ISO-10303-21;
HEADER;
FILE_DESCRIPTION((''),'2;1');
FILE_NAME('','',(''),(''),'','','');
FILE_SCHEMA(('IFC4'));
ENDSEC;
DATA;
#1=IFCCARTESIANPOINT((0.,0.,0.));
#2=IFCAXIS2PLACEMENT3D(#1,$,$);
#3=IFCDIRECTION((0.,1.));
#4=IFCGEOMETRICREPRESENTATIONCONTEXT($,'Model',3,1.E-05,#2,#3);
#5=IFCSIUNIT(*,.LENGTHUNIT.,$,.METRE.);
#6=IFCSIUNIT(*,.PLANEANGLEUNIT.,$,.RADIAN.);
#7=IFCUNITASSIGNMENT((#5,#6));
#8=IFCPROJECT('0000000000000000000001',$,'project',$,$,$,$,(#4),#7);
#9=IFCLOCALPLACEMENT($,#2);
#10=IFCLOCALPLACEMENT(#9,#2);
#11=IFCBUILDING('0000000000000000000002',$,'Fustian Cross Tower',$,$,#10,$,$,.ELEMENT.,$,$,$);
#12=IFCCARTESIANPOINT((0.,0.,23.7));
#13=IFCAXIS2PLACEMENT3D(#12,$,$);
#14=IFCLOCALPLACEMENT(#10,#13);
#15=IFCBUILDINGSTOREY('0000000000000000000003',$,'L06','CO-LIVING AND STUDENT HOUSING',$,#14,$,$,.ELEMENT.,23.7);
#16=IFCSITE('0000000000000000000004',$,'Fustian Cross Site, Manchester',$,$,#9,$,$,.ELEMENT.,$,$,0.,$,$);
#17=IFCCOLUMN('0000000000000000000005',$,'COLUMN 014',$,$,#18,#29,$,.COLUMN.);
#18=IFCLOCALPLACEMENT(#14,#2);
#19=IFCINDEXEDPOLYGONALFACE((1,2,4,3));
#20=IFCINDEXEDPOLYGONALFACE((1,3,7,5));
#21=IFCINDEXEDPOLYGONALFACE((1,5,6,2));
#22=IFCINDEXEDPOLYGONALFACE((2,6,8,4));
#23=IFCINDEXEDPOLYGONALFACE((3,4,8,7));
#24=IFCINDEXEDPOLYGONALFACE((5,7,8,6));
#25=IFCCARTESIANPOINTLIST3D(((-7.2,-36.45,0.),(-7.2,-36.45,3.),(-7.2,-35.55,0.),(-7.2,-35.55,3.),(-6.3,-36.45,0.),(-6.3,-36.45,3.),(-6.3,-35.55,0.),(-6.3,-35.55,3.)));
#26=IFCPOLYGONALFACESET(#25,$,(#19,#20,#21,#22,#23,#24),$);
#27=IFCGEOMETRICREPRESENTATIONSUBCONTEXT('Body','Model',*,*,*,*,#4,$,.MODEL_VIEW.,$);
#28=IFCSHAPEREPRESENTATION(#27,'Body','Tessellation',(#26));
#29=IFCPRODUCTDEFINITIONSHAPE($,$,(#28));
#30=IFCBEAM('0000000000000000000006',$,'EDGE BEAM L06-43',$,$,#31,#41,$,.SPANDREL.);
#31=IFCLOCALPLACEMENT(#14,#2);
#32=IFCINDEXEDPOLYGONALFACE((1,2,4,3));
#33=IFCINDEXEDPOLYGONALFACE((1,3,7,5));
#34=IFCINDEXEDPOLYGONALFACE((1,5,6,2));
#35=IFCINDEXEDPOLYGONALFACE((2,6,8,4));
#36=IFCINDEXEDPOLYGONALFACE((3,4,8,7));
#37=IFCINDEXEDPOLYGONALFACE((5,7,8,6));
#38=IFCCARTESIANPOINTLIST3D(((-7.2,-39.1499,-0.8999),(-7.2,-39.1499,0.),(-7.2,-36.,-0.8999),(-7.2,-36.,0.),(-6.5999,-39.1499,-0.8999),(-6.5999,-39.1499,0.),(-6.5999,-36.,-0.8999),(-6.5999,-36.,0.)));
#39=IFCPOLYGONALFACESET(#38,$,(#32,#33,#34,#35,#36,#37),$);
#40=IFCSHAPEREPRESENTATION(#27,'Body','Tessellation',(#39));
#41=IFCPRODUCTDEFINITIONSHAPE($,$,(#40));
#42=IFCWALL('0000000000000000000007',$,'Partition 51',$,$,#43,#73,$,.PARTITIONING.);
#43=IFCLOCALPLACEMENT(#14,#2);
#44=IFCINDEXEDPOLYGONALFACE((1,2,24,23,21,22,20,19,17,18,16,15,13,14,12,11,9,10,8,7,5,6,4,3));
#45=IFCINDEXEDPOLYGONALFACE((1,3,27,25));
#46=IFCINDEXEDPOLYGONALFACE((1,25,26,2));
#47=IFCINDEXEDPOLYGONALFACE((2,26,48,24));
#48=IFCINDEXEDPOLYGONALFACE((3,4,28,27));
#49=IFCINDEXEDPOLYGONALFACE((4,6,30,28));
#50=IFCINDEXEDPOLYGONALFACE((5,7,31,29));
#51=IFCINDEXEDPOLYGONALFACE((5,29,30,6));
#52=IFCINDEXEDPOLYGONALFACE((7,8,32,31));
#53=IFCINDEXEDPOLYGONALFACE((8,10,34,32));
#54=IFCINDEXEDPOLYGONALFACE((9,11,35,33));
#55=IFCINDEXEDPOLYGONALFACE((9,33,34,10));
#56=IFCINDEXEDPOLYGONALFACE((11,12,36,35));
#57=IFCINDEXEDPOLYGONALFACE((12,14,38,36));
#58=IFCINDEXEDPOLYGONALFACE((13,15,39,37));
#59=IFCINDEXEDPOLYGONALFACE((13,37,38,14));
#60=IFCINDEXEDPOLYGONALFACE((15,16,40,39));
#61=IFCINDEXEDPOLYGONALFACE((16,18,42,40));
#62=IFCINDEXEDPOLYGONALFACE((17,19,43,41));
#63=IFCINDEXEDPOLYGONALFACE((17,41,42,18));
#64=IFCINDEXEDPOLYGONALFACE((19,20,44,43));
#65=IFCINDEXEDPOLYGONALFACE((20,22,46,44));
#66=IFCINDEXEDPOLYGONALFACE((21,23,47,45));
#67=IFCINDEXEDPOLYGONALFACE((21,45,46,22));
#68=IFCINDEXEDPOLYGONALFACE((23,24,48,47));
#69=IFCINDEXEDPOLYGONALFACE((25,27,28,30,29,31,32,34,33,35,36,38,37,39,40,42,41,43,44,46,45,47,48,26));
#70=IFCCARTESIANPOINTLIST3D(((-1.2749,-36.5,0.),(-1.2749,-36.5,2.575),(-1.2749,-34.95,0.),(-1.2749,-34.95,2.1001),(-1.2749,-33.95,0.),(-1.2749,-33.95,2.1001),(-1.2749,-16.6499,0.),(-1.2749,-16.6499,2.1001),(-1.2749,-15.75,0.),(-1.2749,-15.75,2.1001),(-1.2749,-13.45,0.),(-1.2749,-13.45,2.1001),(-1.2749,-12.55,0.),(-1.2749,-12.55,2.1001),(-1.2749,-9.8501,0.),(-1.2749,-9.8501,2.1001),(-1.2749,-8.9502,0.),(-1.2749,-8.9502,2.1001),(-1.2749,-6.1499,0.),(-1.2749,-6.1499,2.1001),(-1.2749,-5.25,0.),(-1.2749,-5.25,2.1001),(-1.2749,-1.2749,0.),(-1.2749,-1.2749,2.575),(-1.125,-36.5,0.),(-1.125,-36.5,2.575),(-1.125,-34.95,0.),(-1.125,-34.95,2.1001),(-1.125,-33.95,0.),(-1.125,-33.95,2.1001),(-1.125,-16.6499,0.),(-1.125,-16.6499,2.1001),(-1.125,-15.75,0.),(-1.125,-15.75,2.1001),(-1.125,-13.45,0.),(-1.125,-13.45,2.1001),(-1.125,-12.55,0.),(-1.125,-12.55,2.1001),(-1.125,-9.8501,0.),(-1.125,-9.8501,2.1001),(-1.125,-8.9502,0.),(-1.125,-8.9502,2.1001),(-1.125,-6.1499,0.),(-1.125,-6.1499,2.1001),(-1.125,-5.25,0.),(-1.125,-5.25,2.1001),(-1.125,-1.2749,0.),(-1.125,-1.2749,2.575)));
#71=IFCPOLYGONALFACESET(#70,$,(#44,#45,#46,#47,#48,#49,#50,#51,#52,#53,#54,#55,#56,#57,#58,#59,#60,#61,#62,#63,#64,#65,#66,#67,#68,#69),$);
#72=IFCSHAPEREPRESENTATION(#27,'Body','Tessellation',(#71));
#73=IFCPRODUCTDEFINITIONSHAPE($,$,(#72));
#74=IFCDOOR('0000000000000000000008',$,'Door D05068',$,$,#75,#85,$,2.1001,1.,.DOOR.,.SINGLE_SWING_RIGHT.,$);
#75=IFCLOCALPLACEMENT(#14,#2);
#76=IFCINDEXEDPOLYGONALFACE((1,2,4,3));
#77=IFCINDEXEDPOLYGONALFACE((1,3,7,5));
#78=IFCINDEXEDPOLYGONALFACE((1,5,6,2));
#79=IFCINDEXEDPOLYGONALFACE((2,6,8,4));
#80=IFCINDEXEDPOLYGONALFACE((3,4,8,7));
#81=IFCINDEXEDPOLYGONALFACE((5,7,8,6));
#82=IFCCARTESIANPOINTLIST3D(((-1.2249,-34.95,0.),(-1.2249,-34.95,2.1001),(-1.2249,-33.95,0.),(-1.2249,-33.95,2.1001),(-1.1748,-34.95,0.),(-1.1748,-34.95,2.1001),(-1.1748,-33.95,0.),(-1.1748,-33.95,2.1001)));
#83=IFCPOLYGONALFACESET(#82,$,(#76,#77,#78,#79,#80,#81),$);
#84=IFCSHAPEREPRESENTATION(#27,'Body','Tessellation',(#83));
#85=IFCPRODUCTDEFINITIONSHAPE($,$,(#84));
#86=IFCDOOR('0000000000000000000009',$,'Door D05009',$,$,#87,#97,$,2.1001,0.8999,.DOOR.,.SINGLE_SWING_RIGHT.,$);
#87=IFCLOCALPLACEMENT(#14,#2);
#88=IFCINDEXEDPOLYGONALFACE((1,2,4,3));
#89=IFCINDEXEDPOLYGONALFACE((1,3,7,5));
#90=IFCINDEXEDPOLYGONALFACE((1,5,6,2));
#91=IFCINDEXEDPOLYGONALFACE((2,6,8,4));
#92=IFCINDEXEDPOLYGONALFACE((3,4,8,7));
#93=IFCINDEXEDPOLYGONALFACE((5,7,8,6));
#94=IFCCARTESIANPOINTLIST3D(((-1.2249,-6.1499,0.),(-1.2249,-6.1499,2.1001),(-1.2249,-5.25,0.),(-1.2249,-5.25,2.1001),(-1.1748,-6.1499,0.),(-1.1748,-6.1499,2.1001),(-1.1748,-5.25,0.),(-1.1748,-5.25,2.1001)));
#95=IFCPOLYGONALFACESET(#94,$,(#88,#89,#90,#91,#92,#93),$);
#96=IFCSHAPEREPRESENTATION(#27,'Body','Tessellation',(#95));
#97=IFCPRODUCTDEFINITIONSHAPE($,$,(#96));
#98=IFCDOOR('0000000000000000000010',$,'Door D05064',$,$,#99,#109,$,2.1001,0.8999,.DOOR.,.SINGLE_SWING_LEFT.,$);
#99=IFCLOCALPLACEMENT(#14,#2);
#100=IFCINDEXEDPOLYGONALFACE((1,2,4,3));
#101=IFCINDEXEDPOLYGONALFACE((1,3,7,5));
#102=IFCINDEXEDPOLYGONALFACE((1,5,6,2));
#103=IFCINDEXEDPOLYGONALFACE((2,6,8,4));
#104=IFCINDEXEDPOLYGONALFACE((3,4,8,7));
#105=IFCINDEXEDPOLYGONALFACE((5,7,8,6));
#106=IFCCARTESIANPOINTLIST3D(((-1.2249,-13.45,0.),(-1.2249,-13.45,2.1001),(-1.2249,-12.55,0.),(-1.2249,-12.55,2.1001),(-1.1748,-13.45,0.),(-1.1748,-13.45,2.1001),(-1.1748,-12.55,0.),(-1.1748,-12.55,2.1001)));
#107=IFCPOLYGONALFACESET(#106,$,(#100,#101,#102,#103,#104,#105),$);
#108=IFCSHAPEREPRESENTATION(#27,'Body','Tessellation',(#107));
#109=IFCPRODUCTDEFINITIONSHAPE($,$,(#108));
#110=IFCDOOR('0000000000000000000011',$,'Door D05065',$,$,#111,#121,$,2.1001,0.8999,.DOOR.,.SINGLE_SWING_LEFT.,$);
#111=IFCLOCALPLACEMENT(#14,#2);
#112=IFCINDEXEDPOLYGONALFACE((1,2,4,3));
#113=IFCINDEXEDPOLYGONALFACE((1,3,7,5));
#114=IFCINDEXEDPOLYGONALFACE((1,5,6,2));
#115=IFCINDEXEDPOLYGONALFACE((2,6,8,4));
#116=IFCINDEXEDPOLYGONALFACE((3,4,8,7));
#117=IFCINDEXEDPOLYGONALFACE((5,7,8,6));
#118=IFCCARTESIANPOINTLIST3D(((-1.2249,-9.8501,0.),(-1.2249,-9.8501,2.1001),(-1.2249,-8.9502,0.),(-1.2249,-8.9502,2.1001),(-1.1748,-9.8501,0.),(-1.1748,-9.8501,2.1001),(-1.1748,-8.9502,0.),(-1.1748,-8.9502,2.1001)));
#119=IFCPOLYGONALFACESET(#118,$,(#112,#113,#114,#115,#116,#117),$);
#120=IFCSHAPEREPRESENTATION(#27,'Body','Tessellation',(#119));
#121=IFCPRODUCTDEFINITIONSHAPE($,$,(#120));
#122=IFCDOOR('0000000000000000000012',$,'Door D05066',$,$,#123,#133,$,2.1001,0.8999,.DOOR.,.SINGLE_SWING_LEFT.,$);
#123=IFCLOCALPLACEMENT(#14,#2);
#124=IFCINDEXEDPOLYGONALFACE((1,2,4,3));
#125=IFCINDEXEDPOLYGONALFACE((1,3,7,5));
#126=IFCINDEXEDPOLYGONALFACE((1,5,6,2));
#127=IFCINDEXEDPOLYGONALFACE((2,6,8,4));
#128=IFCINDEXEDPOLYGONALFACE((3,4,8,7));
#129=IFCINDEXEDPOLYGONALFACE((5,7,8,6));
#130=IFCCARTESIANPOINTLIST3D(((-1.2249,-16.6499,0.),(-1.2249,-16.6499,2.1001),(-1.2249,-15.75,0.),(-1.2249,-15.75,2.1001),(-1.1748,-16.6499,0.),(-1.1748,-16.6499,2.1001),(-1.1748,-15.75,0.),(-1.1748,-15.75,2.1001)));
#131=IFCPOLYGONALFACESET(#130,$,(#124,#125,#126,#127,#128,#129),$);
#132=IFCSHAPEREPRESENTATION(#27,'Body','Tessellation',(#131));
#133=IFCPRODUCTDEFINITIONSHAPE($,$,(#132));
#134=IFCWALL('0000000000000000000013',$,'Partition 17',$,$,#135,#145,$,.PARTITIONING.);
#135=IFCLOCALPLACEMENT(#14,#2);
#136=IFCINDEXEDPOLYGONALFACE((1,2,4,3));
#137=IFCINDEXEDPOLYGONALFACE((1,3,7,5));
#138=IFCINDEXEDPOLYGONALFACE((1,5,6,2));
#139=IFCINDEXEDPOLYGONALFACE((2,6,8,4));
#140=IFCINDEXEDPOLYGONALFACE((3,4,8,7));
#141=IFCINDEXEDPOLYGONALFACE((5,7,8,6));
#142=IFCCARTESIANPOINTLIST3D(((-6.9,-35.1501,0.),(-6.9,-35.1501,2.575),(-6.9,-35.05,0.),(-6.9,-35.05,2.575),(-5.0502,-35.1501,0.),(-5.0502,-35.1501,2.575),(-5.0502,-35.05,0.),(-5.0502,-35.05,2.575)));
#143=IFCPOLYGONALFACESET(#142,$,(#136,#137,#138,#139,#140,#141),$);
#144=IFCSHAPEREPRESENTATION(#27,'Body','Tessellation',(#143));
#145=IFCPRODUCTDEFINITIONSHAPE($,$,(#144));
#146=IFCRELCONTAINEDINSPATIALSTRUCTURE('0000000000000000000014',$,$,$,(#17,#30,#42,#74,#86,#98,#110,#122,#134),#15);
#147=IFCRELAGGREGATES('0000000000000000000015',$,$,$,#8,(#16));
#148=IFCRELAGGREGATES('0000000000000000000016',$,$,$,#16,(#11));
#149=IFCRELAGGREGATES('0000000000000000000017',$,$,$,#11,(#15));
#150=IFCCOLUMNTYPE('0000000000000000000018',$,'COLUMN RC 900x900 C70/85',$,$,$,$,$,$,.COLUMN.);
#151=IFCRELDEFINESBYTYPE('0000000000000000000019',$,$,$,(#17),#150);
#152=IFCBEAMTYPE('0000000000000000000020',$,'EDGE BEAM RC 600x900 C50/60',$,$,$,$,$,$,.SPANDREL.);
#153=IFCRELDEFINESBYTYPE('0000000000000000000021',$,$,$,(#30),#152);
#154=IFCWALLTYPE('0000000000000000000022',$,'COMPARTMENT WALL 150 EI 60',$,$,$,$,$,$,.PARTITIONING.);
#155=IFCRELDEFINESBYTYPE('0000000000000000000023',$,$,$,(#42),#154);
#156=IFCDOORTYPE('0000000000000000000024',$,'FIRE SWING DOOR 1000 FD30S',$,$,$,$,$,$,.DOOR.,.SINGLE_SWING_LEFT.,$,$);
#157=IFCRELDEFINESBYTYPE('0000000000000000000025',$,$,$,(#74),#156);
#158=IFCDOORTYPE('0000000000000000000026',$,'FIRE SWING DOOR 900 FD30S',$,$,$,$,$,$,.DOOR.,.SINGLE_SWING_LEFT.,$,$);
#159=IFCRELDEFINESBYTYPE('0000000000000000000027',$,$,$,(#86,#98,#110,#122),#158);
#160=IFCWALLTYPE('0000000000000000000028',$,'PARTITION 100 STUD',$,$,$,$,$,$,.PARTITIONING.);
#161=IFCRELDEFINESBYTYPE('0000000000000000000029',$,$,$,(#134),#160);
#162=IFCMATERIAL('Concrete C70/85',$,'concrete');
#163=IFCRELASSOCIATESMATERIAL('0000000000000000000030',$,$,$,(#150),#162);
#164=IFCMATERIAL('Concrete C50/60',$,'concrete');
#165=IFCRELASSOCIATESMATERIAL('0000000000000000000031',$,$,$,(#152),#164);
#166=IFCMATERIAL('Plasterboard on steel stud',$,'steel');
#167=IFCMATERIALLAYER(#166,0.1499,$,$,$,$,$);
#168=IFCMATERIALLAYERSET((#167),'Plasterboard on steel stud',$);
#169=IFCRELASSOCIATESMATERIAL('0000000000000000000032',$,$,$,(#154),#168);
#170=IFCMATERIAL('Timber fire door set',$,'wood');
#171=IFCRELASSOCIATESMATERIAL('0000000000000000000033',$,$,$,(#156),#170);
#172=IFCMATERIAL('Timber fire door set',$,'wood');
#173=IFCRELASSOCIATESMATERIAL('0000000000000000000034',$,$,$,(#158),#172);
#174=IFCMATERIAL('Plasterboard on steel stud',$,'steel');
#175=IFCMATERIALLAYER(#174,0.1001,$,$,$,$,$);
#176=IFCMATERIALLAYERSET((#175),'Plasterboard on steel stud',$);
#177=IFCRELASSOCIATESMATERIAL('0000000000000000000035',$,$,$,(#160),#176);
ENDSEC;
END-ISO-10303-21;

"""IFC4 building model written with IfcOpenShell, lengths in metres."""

from ifc_helpers import new_model, si_unit, direction, frame, frame_2d, origin, origin_2d, place, context, subcontext, project, spatial, rectangle, extrude, material, layer, layer_set, material_profile, profile_set, type_object, element, fill, save


model = new_model("IFC4")

# Units and contexts
model_context = context("Model", 3, precision=1e-05, world=origin(), true_north=direction((0.0, 1.0)))
body_context = subcontext(model_context, "Body", "Model", "MODEL_VIEW")
ifc_project = project(units=[si_unit("LENGTHUNIT", "METRE"), si_unit("PLANEANGLEUNIT", "RADIAN")], contexts=[model_context])

# Site, building, storey
site_placement = place(None, origin())
site = spatial("IfcSite", under=ifc_project, at=site_placement, Name="Fustian Cross Site, Manchester", CompositionType="ELEMENT", RefElevation=0.0)
building_placement = place(site_placement, origin())
building = spatial("IfcBuilding", under=site, at=building_placement, Name="Fustian Cross Tower", CompositionType="ELEMENT")
storey_placement = place(building_placement, frame((0.0, 0.0, 23.7)))
storey = spatial("IfcBuildingStorey", under=building, at=storey_placement, Name="L06", Description="CO-LIVING AND STUDENT HOUSING", CompositionType="ELEMENT", Elevation=23.7)

# Column
ifc_material_1 = material(Name="Concrete C70/85", Category="concrete")
ifc_material_profile_1 = material_profile(ifc_material_1, rectangle(XDim=0.8999, YDim=0.8999, at=origin_2d()), Name="RC 900x900")
ifc_profile_set_1 = profile_set([ifc_material_profile_1], Name="Concrete C70/85")
column_type = type_object("IfcColumnType", Name="COLUMN RC 900x900 C70/85", PredefinedType="COLUMN", material=ifc_profile_set_1)
column_placement = place(storey_placement, frame((-6.75, -36.0, 0.0), z_axis=(0.0, 0.0, 1.0), x_axis=(1.0, 0.0, 0.0)))
element("IfcColumn", 1, at=column_placement, inside=storey, type_object=column_type, Name="COLUMN 014", PredefinedType="COLUMN", context=body_context, shape_type="SweptSolid", body=[
    extrude(rectangle(XDim=0.8999, YDim=0.8999, at=origin_2d()), origin(), (0.0, 0.0, 1.0), 3.0),
])

# Beam
ifc_material_2 = material(Name="Concrete C50/60", Category="concrete")
ifc_material_profile_2 = material_profile(ifc_material_2, rectangle(XDim=0.6001, YDim=0.8999, at=origin_2d()), Name="RC 600x900")
ifc_profile_set_2 = profile_set([ifc_material_profile_2], Name="Concrete C50/60")
beam_type = type_object("IfcBeamType", Name="EDGE BEAM RC 600x900 C50/60", PredefinedType="SPANDREL", material=ifc_profile_set_2)
beam_placement = place(storey_placement, frame((-6.8999, -36.0, -0.45), z_axis=(0.0, -1.0, 0.0), x_axis=(1.0, 0.0, 0.0)))
element("IfcBeam", 2, at=beam_placement, inside=storey, type_object=beam_type, Name="EDGE BEAM L06-43", PredefinedType="SPANDREL", context=body_context, shape_type="SweptSolid", body=[
    extrude(rectangle(XDim=0.6001, YDim=0.8999, at=origin_2d()), origin(), (0.0, 0.0, 1.0), 3.1499),
])

# Wall, openings, doors
ifc_material_3 = material(Name="Plasterboard on steel stud", Category="steel")
ifc_layer_1 = layer(ifc_material_3, 0.1499)
ifc_layer_set_1 = layer_set([ifc_layer_1], Name="Plasterboard on steel stud")
wall_type_1 = type_object("IfcWallType", Name="COMPARTMENT WALL 150 EI 60", PredefinedType="PARTITIONING", material=ifc_layer_set_1)
wall_1_placement = place(storey_placement, frame((-1.2, -36.5, 0.0), z_axis=(0.0, 0.0, 1.0), x_axis=(0.0, 1.0, 0.0)))
wall_1 = element("IfcWall", 3, at=wall_1_placement, inside=storey, type_object=wall_type_1, Name="Partition 51", PredefinedType="PARTITIONING", context=body_context, shape_type="SweptSolid", body=[
    extrude(rectangle(XDim=35.2251, YDim=0.1499, at=frame_2d((17.6125, 0.0))), origin(), (0.0, 0.0, 1.0), 2.575),
])
opening_1_placement = place(wall_1_placement, frame((30.3501, 0.0, 0.0)))
opening_1 = element("IfcOpeningElement", 4, at=opening_1_placement, cuts=wall_1, PredefinedType="OPENING", context=body_context, shape_type="SweptSolid", body=[
    extrude(rectangle(XDim=0.8999, YDim=2.1001, at=frame_2d((0.45, 1.05))), frame((0.0, 0.085, 0.0), z_axis=(0.0, -1.0, 0.0), x_axis=(1.0, 0.0, 0.0)), (0.0, 0.0, 1.0), 0.1699),
])
opening_2_placement = place(wall_1_placement, frame((23.05, 0.0, 0.0)))
opening_2 = element("IfcOpeningElement", 5, at=opening_2_placement, cuts=wall_1, PredefinedType="OPENING", context=body_context, shape_type="SweptSolid", body=[
    extrude(rectangle(XDim=0.8999, YDim=2.1001, at=frame_2d((0.45, 1.05))), frame((0.0, 0.085, 0.0), z_axis=(0.0, -1.0, 0.0), x_axis=(1.0, 0.0, 0.0)), (0.0, 0.0, 1.0), 0.1699),
])
opening_3_placement = place(wall_1_placement, frame((26.6499, 0.0, 0.0)))
opening_3 = element("IfcOpeningElement", 6, at=opening_3_placement, cuts=wall_1, PredefinedType="OPENING", context=body_context, shape_type="SweptSolid", body=[
    extrude(rectangle(XDim=0.8999, YDim=2.1001, at=frame_2d((0.45, 1.05))), frame((0.0, 0.085, 0.0), z_axis=(0.0, -1.0, 0.0), x_axis=(1.0, 0.0, 0.0)), (0.0, 0.0, 1.0), 0.1699),
])
opening_4_placement = place(wall_1_placement, frame((19.8501, 0.0, 0.0)))
opening_4 = element("IfcOpeningElement", 7, at=opening_4_placement, cuts=wall_1, PredefinedType="OPENING", context=body_context, shape_type="SweptSolid", body=[
    extrude(rectangle(XDim=0.8999, YDim=2.1001, at=frame_2d((0.45, 1.05))), frame((0.0, 0.085, 0.0), z_axis=(0.0, -1.0, 0.0), x_axis=(1.0, 0.0, 0.0)), (0.0, 0.0, 1.0), 0.1699),
])
opening_5_placement = place(wall_1_placement, frame((1.55, 0.0, 0.0)))
opening_5 = element("IfcOpeningElement", 8, at=opening_5_placement, cuts=wall_1, PredefinedType="OPENING", context=body_context, shape_type="SweptSolid", body=[
    extrude(rectangle(XDim=1.0, YDim=2.1001, at=frame_2d((0.5, 1.05))), frame((0.0, 0.085, 0.0), z_axis=(0.0, -1.0, 0.0), x_axis=(1.0, 0.0, 0.0)), (0.0, 0.0, 1.0), 0.1699),
])
ifc_material_4 = material(Name="Timber fire door set", Category="wood")
door_type_1 = type_object("IfcDoorType", Name="FIRE SWING DOOR 1000 FD30S", OperationType="SINGLE_SWING_LEFT", PredefinedType="DOOR", material=ifc_material_4)
door_1_placement = place(opening_5_placement, origin())
door_1 = element("IfcDoor", 9, at=door_1_placement, inside=storey, type_object=door_type_1, Name="Door D05068", OperationType="SINGLE_SWING_RIGHT", OverallHeight=2.1001, OverallWidth=1.0, PredefinedType="DOOR", context=body_context, shape_type="SweptSolid", body=[
    extrude(rectangle(XDim=1.0, YDim=2.1001, at=frame_2d((0.5, 1.05))), frame((0.0, 0.0249, 0.0), z_axis=(0.0, -1.0, 0.0), x_axis=(1.0, 0.0, 0.0)), (0.0, 0.0, 1.0), 0.05),
])
fill(opening_5, door_1)
ifc_material_5 = material(Name="Timber fire door set", Category="wood")
door_type_2 = type_object("IfcDoorType", Name="FIRE SWING DOOR 900 FD30S", OperationType="SINGLE_SWING_LEFT", PredefinedType="DOOR", material=ifc_material_5)
door_2_placement = place(opening_1_placement, origin())
door_2 = element("IfcDoor", 10, at=door_2_placement, inside=storey, type_object=door_type_2, Name="Door D05009", OperationType="SINGLE_SWING_RIGHT", OverallHeight=2.1001, OverallWidth=0.8999, PredefinedType="DOOR", context=body_context, shape_type="SweptSolid", body=[
    extrude(rectangle(XDim=0.8999, YDim=2.1001, at=frame_2d((0.45, 1.05))), frame((0.0, 0.0249, 0.0), z_axis=(0.0, -1.0, 0.0), x_axis=(1.0, 0.0, 0.0)), (0.0, 0.0, 1.0), 0.05),
])
fill(opening_1, door_2)
door_3_placement = place(opening_2_placement, origin())
door_3 = element("IfcDoor", 11, at=door_3_placement, inside=storey, type_object=door_type_2, Name="Door D05064", OperationType="SINGLE_SWING_LEFT", OverallHeight=2.1001, OverallWidth=0.8999, PredefinedType="DOOR", context=body_context, shape_type="SweptSolid", body=[
    extrude(rectangle(XDim=0.8999, YDim=2.1001, at=frame_2d((0.45, 1.05))), frame((0.0, 0.0249, 0.0), z_axis=(0.0, -1.0, 0.0), x_axis=(1.0, 0.0, 0.0)), (0.0, 0.0, 1.0), 0.05),
])
fill(opening_2, door_3)
door_4_placement = place(opening_3_placement, origin())
door_4 = element("IfcDoor", 12, at=door_4_placement, inside=storey, type_object=door_type_2, Name="Door D05065", OperationType="SINGLE_SWING_LEFT", OverallHeight=2.1001, OverallWidth=0.8999, PredefinedType="DOOR", context=body_context, shape_type="SweptSolid", body=[
    extrude(rectangle(XDim=0.8999, YDim=2.1001, at=frame_2d((0.45, 1.05))), frame((0.0, 0.0249, 0.0), z_axis=(0.0, -1.0, 0.0), x_axis=(1.0, 0.0, 0.0)), (0.0, 0.0, 1.0), 0.05),
])
fill(opening_3, door_4)
door_5_placement = place(opening_4_placement, origin())
door_5 = element("IfcDoor", 13, at=door_5_placement, inside=storey, type_object=door_type_2, Name="Door D05066", OperationType="SINGLE_SWING_LEFT", OverallHeight=2.1001, OverallWidth=0.8999, PredefinedType="DOOR", context=body_context, shape_type="SweptSolid", body=[
    extrude(rectangle(XDim=0.8999, YDim=2.1001, at=frame_2d((0.45, 1.05))), frame((0.0, 0.0249, 0.0), z_axis=(0.0, -1.0, 0.0), x_axis=(1.0, 0.0, 0.0)), (0.0, 0.0, 1.0), 0.05),
])
fill(opening_4, door_5)

# Wall
ifc_material_6 = material(Name="Plasterboard on steel stud", Category="steel")
ifc_layer_2 = layer(ifc_material_6, 0.1001)
ifc_layer_set_2 = layer_set([ifc_layer_2], Name="Plasterboard on steel stud")
wall_type_2 = type_object("IfcWallType", Name="PARTITION 100 STUD", PredefinedType="PARTITIONING", material=ifc_layer_set_2)
wall_2_placement = place(storey_placement, frame((-6.8999, -35.1001, 0.0), z_axis=(0.0, 0.0, 1.0), x_axis=(1.0, 0.0, 0.0)))
element("IfcWall", 14, at=wall_2_placement, inside=storey, type_object=wall_type_2, Name="Partition 17", PredefinedType="PARTITIONING", context=body_context, shape_type="SweptSolid", body=[
    extrude(rectangle(XDim=1.8499, YDim=0.1001, at=frame_2d((0.9248, 0.0))), origin(), (0.0, 0.0, 1.0), 2.575),
])

save(model, "model.ifc")
